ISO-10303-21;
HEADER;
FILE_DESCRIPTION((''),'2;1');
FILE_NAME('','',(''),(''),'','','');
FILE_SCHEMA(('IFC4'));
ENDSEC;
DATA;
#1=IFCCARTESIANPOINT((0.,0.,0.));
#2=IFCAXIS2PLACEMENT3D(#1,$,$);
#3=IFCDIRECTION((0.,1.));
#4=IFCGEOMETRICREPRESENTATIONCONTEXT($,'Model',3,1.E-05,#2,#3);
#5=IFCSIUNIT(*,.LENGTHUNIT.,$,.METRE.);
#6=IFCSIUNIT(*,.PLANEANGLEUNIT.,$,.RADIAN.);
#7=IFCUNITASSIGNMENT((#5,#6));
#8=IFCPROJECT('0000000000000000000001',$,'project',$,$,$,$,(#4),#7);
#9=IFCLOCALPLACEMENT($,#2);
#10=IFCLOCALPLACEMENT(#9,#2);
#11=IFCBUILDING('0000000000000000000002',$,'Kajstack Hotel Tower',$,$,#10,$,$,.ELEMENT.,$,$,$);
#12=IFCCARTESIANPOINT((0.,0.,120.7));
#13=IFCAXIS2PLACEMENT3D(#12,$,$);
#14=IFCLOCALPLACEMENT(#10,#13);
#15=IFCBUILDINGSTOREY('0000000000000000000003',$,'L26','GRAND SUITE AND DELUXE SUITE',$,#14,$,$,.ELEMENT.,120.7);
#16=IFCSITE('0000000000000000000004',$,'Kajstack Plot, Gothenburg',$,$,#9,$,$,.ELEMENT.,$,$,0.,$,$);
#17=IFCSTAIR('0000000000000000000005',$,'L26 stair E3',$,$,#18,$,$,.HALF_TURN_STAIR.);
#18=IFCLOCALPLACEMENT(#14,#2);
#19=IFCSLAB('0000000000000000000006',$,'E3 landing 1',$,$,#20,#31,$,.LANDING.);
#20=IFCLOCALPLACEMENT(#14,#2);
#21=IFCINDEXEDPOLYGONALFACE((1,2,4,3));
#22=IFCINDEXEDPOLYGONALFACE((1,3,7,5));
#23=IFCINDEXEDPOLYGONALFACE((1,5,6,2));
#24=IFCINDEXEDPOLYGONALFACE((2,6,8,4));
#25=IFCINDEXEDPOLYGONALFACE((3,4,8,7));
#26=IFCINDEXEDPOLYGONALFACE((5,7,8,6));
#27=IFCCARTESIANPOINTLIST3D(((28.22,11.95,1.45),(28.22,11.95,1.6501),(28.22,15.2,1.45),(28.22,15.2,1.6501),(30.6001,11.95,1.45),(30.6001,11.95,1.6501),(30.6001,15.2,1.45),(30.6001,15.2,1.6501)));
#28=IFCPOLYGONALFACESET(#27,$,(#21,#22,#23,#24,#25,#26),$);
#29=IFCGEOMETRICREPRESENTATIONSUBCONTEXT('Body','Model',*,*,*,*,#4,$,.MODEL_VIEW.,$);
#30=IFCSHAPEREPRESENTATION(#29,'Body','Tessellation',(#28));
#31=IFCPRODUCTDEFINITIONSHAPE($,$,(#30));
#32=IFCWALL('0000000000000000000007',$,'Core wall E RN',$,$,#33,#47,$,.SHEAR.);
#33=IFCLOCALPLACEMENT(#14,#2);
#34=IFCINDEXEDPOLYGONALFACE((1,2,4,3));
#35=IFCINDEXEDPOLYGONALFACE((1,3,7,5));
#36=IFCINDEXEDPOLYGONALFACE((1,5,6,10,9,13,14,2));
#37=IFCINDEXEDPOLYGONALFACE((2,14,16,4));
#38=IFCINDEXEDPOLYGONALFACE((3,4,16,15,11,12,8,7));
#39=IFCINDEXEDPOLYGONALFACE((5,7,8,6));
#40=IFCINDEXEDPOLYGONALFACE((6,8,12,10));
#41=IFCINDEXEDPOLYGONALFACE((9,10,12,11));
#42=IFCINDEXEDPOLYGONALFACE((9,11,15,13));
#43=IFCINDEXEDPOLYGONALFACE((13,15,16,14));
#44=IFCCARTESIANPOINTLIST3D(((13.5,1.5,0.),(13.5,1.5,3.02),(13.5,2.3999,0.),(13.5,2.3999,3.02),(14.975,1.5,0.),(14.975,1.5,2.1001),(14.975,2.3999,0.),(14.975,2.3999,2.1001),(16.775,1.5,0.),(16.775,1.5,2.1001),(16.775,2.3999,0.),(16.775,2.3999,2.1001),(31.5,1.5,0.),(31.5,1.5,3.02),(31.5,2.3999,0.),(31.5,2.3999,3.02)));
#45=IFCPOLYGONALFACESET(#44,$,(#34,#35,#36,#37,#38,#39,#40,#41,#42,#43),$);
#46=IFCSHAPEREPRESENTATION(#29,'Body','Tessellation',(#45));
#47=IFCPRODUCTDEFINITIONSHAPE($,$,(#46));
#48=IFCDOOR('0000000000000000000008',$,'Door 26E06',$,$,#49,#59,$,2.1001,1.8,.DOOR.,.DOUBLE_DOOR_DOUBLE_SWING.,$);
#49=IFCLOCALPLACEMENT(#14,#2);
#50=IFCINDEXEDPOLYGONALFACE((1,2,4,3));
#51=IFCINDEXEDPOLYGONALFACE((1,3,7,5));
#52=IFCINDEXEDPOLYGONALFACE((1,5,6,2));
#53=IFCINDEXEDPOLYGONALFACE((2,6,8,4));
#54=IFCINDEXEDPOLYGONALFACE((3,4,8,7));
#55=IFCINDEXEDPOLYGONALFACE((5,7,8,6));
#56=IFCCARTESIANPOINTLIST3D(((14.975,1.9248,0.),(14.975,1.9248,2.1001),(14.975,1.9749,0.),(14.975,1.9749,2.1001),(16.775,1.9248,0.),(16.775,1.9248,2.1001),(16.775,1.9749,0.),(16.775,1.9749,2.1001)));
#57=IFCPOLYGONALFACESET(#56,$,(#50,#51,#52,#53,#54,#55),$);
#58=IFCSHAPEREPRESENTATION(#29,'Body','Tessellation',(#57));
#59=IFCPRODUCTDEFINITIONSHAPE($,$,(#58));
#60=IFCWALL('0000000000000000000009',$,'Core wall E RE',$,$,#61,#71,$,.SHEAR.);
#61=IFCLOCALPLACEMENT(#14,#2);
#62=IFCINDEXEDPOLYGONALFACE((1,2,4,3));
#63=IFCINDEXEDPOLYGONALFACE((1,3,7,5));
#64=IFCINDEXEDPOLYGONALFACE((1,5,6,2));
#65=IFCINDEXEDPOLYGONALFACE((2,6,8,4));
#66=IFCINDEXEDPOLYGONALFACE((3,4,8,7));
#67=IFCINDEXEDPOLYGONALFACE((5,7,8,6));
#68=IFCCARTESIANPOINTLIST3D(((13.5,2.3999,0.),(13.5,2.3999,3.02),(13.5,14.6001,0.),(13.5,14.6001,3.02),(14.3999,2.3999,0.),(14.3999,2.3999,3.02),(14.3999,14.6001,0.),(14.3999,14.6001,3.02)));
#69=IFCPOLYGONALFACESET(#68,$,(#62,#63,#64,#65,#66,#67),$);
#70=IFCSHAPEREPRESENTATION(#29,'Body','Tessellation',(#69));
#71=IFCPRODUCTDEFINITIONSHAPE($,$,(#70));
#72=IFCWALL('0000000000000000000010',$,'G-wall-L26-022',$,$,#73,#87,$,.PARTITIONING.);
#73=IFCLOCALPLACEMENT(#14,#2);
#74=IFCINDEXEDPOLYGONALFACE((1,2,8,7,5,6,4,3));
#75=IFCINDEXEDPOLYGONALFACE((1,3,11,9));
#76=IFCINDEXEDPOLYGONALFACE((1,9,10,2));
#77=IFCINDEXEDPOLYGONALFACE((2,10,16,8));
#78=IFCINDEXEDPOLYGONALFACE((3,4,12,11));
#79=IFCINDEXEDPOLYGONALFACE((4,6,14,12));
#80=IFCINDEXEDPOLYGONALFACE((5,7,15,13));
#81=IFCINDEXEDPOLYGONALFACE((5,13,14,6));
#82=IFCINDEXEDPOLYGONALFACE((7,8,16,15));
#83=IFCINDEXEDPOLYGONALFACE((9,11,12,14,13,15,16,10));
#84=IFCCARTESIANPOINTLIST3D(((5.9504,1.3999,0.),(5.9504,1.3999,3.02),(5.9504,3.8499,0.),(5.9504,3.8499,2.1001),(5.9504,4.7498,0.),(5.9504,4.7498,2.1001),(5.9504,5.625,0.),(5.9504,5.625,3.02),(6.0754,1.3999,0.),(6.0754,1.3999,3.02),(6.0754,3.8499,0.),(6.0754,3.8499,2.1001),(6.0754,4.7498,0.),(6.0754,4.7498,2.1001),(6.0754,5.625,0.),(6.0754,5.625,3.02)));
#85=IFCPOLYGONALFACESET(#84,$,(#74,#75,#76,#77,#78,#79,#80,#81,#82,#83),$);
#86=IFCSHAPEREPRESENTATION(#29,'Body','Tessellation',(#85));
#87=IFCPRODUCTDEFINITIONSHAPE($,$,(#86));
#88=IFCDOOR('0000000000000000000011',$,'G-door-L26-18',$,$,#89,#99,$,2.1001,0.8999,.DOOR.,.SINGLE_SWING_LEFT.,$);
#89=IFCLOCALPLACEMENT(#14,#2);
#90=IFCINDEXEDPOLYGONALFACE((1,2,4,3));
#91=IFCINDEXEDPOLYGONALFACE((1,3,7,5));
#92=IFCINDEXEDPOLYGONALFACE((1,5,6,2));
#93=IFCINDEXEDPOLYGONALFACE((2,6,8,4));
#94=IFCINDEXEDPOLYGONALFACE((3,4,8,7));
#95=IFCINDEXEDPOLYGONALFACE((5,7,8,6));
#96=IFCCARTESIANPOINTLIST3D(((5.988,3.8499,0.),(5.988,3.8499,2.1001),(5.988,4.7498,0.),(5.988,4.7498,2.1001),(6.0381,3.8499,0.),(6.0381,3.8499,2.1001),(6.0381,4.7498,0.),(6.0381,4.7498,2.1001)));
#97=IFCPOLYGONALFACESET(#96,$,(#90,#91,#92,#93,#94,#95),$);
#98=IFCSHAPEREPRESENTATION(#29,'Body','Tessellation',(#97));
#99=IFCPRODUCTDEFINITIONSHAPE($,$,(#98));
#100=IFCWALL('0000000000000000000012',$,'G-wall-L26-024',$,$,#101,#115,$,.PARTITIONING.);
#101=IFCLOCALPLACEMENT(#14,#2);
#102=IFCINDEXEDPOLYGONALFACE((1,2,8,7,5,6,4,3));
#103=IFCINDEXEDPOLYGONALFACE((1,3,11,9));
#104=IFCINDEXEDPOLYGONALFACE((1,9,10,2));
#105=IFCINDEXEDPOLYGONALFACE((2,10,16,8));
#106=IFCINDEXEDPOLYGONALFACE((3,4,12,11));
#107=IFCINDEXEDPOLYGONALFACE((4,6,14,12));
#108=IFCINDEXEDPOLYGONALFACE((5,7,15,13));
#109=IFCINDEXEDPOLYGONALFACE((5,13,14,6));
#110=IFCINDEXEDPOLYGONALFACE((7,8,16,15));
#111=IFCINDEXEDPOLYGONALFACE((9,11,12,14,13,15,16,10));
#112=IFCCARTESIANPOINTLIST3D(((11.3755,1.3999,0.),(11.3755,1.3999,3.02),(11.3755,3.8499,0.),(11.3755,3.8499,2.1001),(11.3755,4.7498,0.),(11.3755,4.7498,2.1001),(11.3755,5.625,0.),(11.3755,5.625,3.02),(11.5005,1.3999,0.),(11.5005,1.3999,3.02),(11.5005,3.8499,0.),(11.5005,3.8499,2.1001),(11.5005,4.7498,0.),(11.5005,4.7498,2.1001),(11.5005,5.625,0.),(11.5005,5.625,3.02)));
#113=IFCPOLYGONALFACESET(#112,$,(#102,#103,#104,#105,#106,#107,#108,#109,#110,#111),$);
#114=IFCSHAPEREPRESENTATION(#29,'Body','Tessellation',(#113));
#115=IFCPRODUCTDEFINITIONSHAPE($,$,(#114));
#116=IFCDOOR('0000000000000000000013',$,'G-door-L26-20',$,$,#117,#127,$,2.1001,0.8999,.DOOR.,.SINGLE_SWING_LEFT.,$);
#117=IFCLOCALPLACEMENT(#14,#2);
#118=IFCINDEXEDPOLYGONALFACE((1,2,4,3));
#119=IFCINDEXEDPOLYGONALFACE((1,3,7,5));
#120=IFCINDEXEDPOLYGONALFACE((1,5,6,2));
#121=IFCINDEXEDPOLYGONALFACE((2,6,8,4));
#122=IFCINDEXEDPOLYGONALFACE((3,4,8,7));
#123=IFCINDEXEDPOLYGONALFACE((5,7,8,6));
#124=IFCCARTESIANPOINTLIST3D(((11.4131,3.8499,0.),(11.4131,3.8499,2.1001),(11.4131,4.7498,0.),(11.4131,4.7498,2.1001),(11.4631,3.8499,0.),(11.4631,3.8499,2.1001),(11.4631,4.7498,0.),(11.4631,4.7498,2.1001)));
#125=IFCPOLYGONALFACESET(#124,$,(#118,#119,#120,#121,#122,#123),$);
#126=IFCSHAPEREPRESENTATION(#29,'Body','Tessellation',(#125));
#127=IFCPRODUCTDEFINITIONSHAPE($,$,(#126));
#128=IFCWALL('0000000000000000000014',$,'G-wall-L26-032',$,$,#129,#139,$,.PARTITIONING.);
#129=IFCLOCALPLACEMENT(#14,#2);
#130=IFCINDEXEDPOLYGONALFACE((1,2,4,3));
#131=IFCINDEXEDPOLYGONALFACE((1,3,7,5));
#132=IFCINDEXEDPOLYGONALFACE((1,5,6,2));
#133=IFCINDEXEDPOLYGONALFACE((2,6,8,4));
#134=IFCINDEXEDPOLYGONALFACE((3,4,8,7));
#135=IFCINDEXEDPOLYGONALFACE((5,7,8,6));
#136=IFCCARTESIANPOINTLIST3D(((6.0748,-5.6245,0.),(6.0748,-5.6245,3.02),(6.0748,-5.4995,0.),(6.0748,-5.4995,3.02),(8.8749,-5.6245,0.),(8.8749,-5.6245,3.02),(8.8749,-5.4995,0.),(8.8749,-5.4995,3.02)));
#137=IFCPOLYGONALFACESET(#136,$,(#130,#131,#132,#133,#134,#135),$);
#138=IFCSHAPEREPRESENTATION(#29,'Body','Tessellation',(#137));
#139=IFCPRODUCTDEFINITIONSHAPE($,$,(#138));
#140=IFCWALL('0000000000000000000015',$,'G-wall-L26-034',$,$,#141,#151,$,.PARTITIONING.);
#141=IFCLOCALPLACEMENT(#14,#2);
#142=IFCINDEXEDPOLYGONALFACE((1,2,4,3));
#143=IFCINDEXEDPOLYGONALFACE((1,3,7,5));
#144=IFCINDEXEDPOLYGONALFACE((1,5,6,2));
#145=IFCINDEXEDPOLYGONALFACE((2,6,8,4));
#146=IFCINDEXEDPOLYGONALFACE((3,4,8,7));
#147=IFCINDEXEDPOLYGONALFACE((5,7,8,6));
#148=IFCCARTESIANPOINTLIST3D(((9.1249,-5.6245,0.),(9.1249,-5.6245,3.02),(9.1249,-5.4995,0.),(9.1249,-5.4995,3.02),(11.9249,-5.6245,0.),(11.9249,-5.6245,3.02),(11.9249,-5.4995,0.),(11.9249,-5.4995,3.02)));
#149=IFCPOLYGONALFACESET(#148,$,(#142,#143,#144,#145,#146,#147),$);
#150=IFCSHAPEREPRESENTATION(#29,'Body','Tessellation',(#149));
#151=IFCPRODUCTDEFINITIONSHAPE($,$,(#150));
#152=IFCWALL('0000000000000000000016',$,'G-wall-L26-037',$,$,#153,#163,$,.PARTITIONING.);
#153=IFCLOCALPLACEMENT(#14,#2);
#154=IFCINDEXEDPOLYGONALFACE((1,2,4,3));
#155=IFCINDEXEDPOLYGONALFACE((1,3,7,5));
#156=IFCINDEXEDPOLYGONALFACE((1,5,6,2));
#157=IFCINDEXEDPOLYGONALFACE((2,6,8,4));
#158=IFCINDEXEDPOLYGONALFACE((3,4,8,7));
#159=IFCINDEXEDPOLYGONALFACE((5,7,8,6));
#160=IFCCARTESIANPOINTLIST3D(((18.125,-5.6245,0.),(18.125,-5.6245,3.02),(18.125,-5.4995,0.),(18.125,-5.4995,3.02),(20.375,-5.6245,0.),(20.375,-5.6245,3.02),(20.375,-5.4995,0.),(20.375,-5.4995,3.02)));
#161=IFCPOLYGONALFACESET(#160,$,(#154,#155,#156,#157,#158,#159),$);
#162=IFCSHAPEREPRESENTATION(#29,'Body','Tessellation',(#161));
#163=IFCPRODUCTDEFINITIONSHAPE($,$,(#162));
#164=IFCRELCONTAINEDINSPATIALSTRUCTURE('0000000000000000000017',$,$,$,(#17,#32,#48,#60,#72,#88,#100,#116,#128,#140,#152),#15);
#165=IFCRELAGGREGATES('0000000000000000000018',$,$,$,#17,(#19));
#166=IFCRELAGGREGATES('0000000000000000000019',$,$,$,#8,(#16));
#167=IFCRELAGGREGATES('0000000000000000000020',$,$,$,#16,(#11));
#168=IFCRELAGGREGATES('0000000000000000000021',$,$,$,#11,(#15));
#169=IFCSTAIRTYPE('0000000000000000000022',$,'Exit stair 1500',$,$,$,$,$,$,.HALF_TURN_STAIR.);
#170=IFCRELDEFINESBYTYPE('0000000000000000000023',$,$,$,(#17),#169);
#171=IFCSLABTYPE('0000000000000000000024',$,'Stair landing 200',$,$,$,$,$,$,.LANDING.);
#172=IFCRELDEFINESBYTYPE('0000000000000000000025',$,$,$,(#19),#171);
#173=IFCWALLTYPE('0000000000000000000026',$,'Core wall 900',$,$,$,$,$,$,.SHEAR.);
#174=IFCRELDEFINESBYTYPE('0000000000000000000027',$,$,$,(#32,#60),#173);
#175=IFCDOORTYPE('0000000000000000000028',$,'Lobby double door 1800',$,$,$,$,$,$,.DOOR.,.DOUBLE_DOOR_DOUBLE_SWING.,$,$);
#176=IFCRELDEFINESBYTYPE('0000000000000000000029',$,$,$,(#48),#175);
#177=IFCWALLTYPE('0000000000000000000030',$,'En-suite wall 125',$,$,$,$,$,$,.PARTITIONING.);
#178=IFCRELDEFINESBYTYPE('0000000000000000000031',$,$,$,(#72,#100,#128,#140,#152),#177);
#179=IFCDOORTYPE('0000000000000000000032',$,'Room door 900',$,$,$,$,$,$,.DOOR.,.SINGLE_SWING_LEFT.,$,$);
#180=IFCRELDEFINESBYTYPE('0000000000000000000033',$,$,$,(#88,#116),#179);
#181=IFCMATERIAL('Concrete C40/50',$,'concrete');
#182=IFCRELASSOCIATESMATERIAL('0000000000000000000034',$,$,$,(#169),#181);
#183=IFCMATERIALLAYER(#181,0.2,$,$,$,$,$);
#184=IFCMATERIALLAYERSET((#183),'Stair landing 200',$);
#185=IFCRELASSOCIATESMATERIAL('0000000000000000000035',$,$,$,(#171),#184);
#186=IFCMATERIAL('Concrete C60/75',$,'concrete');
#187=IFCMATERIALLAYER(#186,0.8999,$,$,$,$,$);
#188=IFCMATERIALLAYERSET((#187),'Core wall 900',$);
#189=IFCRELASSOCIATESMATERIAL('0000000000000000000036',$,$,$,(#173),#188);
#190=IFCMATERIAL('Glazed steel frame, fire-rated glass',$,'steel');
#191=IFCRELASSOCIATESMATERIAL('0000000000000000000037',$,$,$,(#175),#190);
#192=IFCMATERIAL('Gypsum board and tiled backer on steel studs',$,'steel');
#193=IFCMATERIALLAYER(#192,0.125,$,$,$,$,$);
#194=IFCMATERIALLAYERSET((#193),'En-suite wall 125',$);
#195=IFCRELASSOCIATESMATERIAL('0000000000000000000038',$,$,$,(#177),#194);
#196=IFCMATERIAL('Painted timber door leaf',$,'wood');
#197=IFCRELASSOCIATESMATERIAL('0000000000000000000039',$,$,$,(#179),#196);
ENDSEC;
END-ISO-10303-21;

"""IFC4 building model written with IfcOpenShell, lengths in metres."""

from ifc_helpers import new_model, si_unit, direction, frame, frame_2d, origin, place, context, subcontext, project, spatial, polyline, rectangle, outline, extrude, material, layer, layer_set, type_object, element, fill, aggregate, save


model = new_model("IFC4")

# Units and contexts
model_context = context("Model", 3, precision=1e-05, world=origin(), true_north=direction((0.0, 1.0)))
body_context = subcontext(model_context, "Body", "Model", "MODEL_VIEW")
ifc_project = project(units=[si_unit("LENGTHUNIT", "METRE"), si_unit("PLANEANGLEUNIT", "RADIAN")], contexts=[model_context])

# Site, building, storey
site_placement = place(None, origin())
site = spatial("IfcSite", under=ifc_project, at=site_placement, Name="Kajstack Plot, Gothenburg", CompositionType="ELEMENT", RefElevation=0.0)
building_placement = place(site_placement, origin())
building = spatial("IfcBuilding", under=site, at=building_placement, Name="Kajstack Hotel Tower", CompositionType="ELEMENT")
storey_placement = place(building_placement, frame((0.0, 0.0, 120.7)))
storey = spatial("IfcBuildingStorey", under=building, at=storey_placement, Name="L26", Description="GRAND SUITE AND DELUXE SUITE", CompositionType="ELEMENT", Elevation=120.7)

# Stair, slab
ifc_material_1 = material(Name="Concrete C40/50", Category="concrete")
stair_type = type_object("IfcStairType", Name="Exit stair 1500", PredefinedType="HALF_TURN_STAIR", material=ifc_material_1)
stair_placement = place(storey_placement, origin())
stair = element("IfcStair", 1, at=stair_placement, inside=storey, type_object=stair_type, Name="L26 stair E3", PredefinedType="HALF_TURN_STAIR")
ifc_layer_1 = layer(ifc_material_1, 0.2)
ifc_layer_set_1 = layer_set([ifc_layer_1], Name="Stair landing 200")
slab_type = type_object("IfcSlabType", Name="Stair landing 200", PredefinedType="LANDING", material=ifc_layer_set_1)
slab_placement = place(storey_placement, frame((0.0, 0.0, 1.45)))
slab = element("IfcSlab", 2, at=slab_placement, type_object=slab_type, Name="E3 landing 1", PredefinedType="LANDING", context=body_context, shape_type="SweptSolid", body=[
    extrude(outline(polyline([(28.22, 11.95), (30.6001, 11.95), (30.6001, 15.2), (28.22, 15.2), (28.22, 11.95)])), origin(), (0.0, 0.0, 1.0), 0.2002),
])
aggregate(stair, [slab])

# Wall, opening, door
ifc_material_2 = material(Name="Concrete C60/75", Category="concrete")
ifc_layer_2 = layer(ifc_material_2, 0.8999)
ifc_layer_set_2 = layer_set([ifc_layer_2], Name="Core wall 900")
wall_type_1 = type_object("IfcWallType", Name="Core wall 900", PredefinedType="SHEAR", material=ifc_layer_set_2)
wall_1_placement = place(storey_placement, frame((13.5, 1.95, 0.0), z_axis=(0.0, 0.0, 1.0), x_axis=(1.0, 0.0, 0.0)))
wall_1 = element("IfcWall", 3, at=wall_1_placement, inside=storey, type_object=wall_type_1, Name="Core wall E RN", PredefinedType="SHEAR", context=body_context, shape_type="SweptSolid", body=[
    extrude(rectangle(XDim=18.0, YDim=0.8999, at=frame_2d((9.0, 0.0))), origin(), (0.0, 0.0, 1.0), 3.02),
])
opening_1_placement = place(wall_1_placement, frame((1.4751, 0.0, 0.0)))
opening_1 = element("IfcOpeningElement", 4, at=opening_1_placement, cuts=wall_1, PredefinedType="OPENING", context=body_context, shape_type="SweptSolid", body=[
    extrude(rectangle(XDim=1.8, YDim=2.1001, at=frame_2d((0.8999, 1.05))), frame((0.0, 0.46, 0.0), z_axis=(0.0, -1.0, 0.0), x_axis=(1.0, 0.0, 0.0)), (0.0, 0.0, 1.0), 0.9199),
])
ifc_material_3 = material(Name="Glazed steel frame, fire-rated glass", Category="steel")
door_type_1 = type_object("IfcDoorType", Name="Lobby double door 1800", OperationType="DOUBLE_DOOR_DOUBLE_SWING", PredefinedType="DOOR", material=ifc_material_3)
door_1_placement = place(opening_1_placement, origin())
door_1 = element("IfcDoor", 5, at=door_1_placement, inside=storey, type_object=door_type_1, Name="Door 26E06", OperationType="DOUBLE_DOOR_DOUBLE_SWING", OverallHeight=2.1001, OverallWidth=1.8, PredefinedType="DOOR", context=body_context, shape_type="SweptSolid", body=[
    extrude(rectangle(XDim=1.8, YDim=2.1001, at=frame_2d((0.8999, 1.05))), frame((0.0, 0.0249, 0.0), z_axis=(0.0, -1.0, 0.0), x_axis=(1.0, 0.0, 0.0)), (0.0, 0.0, 1.0), 0.05),
])
fill(opening_1, door_1)

# Wall
wall_2_placement = place(storey_placement, frame((13.95, 2.3999, 0.0), z_axis=(0.0, 0.0, 1.0), x_axis=(0.0, 1.0, 0.0)))
element("IfcWall", 6, at=wall_2_placement, inside=storey, type_object=wall_type_1, Name="Core wall E RE", PredefinedType="SHEAR", context=body_context, shape_type="SweptSolid", body=[
    extrude(rectangle(XDim=12.2002, YDim=0.8999, at=frame_2d((6.1001, 0.0))), origin(), (0.0, 0.0, 1.0), 3.02),
])

# Walls, openings, doors
ifc_material_4 = material(Name="Gypsum board and tiled backer on steel studs", Category="steel")
ifc_layer_3 = layer(ifc_material_4, 0.125)
ifc_layer_set_3 = layer_set([ifc_layer_3], Name="En-suite wall 125")
wall_type_2 = type_object("IfcWallType", Name="En-suite wall 125", PredefinedType="PARTITIONING", material=ifc_layer_set_3)
wall_3_placement = place(storey_placement, frame((6.0129, 1.3999, 0.0), z_axis=(0.0, 0.0, 1.0), x_axis=(0.0, 1.0, 0.0)))
wall_3 = element("IfcWall", 7, at=wall_3_placement, inside=storey, type_object=wall_type_2, Name="G-wall-L26-022", PredefinedType="PARTITIONING", context=body_context, shape_type="SweptSolid", body=[
    extrude(rectangle(XDim=4.2251, YDim=0.125, at=frame_2d((2.1125, 0.0))), origin(), (0.0, 0.0, 1.0), 3.02),
])
opening_2_placement = place(wall_3_placement, frame((2.45, 0.0, 0.0)))
opening_2 = element("IfcOpeningElement", 8, at=opening_2_placement, cuts=wall_3, PredefinedType="OPENING", context=body_context, shape_type="SweptSolid", body=[
    extrude(rectangle(XDim=0.8999, YDim=2.1001, at=frame_2d((0.45, 1.05))), frame((0.0, 0.0725, 0.0), z_axis=(0.0, -1.0, 0.0), x_axis=(1.0, 0.0, 0.0)), (0.0, 0.0, 1.0), 0.145),
])
ifc_material_5 = material(Name="Painted timber door leaf", Category="wood")
door_type_2 = type_object("IfcDoorType", Name="Room door 900", OperationType="SINGLE_SWING_LEFT", PredefinedType="DOOR", material=ifc_material_5)
door_2_placement = place(opening_2_placement, origin())
door_2 = element("IfcDoor", 9, at=door_2_placement, inside=storey, type_object=door_type_2, Name="G-door-L26-18", OperationType="SINGLE_SWING_LEFT", OverallHeight=2.1001, OverallWidth=0.8999, PredefinedType="DOOR", context=body_context, shape_type="SweptSolid", body=[
    extrude(rectangle(XDim=0.8999, YDim=2.1001, at=frame_2d((0.45, 1.05))), frame((0.0, 0.0249, 0.0), z_axis=(0.0, -1.0, 0.0), x_axis=(1.0, 0.0, 0.0)), (0.0, 0.0, 1.0), 0.05),
])
fill(opening_2, door_2)
wall_4_placement = place(storey_placement, frame((11.438, 1.3999, 0.0), z_axis=(0.0, 0.0, 1.0), x_axis=(0.0, 1.0, 0.0)))
wall_4 = element("IfcWall", 10, at=wall_4_placement, inside=storey, type_object=wall_type_2, Name="G-wall-L26-024", PredefinedType="PARTITIONING", context=body_context, shape_type="SweptSolid", body=[
    extrude(rectangle(XDim=4.2251, YDim=0.125, at=frame_2d((2.1125, 0.0))), origin(), (0.0, 0.0, 1.0), 3.02),
])
opening_3_placement = place(wall_4_placement, frame((2.45, 0.0, 0.0)))
opening_3 = element("IfcOpeningElement", 11, at=opening_3_placement, cuts=wall_4, PredefinedType="OPENING", context=body_context, shape_type="SweptSolid", body=[
    extrude(rectangle(XDim=0.8999, YDim=2.1001, at=frame_2d((0.45, 1.05))), frame((0.0, 0.0725, 0.0), z_axis=(0.0, -1.0, 0.0), x_axis=(1.0, 0.0, 0.0)), (0.0, 0.0, 1.0), 0.145),
])
door_3_placement = place(opening_3_placement, origin())
door_3 = element("IfcDoor", 12, at=door_3_placement, inside=storey, type_object=door_type_2, Name="G-door-L26-20", OperationType="SINGLE_SWING_LEFT", OverallHeight=2.1001, OverallWidth=0.8999, PredefinedType="DOOR", context=body_context, shape_type="SweptSolid", body=[
    extrude(rectangle(XDim=0.8999, YDim=2.1001, at=frame_2d((0.45, 1.05))), frame((0.0, 0.0249, 0.0), z_axis=(0.0, -1.0, 0.0), x_axis=(1.0, 0.0, 0.0)), (0.0, 0.0, 1.0), 0.05),
])
fill(opening_3, door_3)

# Walls
for number, where, z_axis, x_axis, name in (
    (13, (6.075, -5.562, 0.0), (0.0, 0.0, 1.0), (1.0, 0.0, 0.0), "G-wall-L26-032"),
    (14, (9.125, -5.562, 0.0), (0.0, 0.0, 1.0), (1.0, 0.0, 0.0), "G-wall-L26-034"),
):
    element("IfcWall", number, at=place(storey_placement, frame(where, z_axis=z_axis, x_axis=x_axis)), inside=storey, type_object=wall_type_2, Name=name, PredefinedType="PARTITIONING", context=body_context, shape_type="SweptSolid", body=[
        extrude(rectangle(XDim=2.8, YDim=0.125, at=frame_2d((1.3999, 0.0))), origin(), (0.0, 0.0, 1.0), 3.02),
    ])
wall_5_placement = place(storey_placement, frame((18.125, -5.562, 0.0), z_axis=(0.0, 0.0, 1.0), x_axis=(1.0, 0.0, 0.0)))
element("IfcWall", 15, at=wall_5_placement, inside=storey, type_object=wall_type_2, Name="G-wall-L26-037", PredefinedType="PARTITIONING", context=body_context, shape_type="SweptSolid", body=[
    extrude(rectangle(XDim=2.25, YDim=0.125, at=frame_2d((1.125, 0.0))), origin(), (0.0, 0.0, 1.0), 3.02),
])

save(model, "model.ifc")
